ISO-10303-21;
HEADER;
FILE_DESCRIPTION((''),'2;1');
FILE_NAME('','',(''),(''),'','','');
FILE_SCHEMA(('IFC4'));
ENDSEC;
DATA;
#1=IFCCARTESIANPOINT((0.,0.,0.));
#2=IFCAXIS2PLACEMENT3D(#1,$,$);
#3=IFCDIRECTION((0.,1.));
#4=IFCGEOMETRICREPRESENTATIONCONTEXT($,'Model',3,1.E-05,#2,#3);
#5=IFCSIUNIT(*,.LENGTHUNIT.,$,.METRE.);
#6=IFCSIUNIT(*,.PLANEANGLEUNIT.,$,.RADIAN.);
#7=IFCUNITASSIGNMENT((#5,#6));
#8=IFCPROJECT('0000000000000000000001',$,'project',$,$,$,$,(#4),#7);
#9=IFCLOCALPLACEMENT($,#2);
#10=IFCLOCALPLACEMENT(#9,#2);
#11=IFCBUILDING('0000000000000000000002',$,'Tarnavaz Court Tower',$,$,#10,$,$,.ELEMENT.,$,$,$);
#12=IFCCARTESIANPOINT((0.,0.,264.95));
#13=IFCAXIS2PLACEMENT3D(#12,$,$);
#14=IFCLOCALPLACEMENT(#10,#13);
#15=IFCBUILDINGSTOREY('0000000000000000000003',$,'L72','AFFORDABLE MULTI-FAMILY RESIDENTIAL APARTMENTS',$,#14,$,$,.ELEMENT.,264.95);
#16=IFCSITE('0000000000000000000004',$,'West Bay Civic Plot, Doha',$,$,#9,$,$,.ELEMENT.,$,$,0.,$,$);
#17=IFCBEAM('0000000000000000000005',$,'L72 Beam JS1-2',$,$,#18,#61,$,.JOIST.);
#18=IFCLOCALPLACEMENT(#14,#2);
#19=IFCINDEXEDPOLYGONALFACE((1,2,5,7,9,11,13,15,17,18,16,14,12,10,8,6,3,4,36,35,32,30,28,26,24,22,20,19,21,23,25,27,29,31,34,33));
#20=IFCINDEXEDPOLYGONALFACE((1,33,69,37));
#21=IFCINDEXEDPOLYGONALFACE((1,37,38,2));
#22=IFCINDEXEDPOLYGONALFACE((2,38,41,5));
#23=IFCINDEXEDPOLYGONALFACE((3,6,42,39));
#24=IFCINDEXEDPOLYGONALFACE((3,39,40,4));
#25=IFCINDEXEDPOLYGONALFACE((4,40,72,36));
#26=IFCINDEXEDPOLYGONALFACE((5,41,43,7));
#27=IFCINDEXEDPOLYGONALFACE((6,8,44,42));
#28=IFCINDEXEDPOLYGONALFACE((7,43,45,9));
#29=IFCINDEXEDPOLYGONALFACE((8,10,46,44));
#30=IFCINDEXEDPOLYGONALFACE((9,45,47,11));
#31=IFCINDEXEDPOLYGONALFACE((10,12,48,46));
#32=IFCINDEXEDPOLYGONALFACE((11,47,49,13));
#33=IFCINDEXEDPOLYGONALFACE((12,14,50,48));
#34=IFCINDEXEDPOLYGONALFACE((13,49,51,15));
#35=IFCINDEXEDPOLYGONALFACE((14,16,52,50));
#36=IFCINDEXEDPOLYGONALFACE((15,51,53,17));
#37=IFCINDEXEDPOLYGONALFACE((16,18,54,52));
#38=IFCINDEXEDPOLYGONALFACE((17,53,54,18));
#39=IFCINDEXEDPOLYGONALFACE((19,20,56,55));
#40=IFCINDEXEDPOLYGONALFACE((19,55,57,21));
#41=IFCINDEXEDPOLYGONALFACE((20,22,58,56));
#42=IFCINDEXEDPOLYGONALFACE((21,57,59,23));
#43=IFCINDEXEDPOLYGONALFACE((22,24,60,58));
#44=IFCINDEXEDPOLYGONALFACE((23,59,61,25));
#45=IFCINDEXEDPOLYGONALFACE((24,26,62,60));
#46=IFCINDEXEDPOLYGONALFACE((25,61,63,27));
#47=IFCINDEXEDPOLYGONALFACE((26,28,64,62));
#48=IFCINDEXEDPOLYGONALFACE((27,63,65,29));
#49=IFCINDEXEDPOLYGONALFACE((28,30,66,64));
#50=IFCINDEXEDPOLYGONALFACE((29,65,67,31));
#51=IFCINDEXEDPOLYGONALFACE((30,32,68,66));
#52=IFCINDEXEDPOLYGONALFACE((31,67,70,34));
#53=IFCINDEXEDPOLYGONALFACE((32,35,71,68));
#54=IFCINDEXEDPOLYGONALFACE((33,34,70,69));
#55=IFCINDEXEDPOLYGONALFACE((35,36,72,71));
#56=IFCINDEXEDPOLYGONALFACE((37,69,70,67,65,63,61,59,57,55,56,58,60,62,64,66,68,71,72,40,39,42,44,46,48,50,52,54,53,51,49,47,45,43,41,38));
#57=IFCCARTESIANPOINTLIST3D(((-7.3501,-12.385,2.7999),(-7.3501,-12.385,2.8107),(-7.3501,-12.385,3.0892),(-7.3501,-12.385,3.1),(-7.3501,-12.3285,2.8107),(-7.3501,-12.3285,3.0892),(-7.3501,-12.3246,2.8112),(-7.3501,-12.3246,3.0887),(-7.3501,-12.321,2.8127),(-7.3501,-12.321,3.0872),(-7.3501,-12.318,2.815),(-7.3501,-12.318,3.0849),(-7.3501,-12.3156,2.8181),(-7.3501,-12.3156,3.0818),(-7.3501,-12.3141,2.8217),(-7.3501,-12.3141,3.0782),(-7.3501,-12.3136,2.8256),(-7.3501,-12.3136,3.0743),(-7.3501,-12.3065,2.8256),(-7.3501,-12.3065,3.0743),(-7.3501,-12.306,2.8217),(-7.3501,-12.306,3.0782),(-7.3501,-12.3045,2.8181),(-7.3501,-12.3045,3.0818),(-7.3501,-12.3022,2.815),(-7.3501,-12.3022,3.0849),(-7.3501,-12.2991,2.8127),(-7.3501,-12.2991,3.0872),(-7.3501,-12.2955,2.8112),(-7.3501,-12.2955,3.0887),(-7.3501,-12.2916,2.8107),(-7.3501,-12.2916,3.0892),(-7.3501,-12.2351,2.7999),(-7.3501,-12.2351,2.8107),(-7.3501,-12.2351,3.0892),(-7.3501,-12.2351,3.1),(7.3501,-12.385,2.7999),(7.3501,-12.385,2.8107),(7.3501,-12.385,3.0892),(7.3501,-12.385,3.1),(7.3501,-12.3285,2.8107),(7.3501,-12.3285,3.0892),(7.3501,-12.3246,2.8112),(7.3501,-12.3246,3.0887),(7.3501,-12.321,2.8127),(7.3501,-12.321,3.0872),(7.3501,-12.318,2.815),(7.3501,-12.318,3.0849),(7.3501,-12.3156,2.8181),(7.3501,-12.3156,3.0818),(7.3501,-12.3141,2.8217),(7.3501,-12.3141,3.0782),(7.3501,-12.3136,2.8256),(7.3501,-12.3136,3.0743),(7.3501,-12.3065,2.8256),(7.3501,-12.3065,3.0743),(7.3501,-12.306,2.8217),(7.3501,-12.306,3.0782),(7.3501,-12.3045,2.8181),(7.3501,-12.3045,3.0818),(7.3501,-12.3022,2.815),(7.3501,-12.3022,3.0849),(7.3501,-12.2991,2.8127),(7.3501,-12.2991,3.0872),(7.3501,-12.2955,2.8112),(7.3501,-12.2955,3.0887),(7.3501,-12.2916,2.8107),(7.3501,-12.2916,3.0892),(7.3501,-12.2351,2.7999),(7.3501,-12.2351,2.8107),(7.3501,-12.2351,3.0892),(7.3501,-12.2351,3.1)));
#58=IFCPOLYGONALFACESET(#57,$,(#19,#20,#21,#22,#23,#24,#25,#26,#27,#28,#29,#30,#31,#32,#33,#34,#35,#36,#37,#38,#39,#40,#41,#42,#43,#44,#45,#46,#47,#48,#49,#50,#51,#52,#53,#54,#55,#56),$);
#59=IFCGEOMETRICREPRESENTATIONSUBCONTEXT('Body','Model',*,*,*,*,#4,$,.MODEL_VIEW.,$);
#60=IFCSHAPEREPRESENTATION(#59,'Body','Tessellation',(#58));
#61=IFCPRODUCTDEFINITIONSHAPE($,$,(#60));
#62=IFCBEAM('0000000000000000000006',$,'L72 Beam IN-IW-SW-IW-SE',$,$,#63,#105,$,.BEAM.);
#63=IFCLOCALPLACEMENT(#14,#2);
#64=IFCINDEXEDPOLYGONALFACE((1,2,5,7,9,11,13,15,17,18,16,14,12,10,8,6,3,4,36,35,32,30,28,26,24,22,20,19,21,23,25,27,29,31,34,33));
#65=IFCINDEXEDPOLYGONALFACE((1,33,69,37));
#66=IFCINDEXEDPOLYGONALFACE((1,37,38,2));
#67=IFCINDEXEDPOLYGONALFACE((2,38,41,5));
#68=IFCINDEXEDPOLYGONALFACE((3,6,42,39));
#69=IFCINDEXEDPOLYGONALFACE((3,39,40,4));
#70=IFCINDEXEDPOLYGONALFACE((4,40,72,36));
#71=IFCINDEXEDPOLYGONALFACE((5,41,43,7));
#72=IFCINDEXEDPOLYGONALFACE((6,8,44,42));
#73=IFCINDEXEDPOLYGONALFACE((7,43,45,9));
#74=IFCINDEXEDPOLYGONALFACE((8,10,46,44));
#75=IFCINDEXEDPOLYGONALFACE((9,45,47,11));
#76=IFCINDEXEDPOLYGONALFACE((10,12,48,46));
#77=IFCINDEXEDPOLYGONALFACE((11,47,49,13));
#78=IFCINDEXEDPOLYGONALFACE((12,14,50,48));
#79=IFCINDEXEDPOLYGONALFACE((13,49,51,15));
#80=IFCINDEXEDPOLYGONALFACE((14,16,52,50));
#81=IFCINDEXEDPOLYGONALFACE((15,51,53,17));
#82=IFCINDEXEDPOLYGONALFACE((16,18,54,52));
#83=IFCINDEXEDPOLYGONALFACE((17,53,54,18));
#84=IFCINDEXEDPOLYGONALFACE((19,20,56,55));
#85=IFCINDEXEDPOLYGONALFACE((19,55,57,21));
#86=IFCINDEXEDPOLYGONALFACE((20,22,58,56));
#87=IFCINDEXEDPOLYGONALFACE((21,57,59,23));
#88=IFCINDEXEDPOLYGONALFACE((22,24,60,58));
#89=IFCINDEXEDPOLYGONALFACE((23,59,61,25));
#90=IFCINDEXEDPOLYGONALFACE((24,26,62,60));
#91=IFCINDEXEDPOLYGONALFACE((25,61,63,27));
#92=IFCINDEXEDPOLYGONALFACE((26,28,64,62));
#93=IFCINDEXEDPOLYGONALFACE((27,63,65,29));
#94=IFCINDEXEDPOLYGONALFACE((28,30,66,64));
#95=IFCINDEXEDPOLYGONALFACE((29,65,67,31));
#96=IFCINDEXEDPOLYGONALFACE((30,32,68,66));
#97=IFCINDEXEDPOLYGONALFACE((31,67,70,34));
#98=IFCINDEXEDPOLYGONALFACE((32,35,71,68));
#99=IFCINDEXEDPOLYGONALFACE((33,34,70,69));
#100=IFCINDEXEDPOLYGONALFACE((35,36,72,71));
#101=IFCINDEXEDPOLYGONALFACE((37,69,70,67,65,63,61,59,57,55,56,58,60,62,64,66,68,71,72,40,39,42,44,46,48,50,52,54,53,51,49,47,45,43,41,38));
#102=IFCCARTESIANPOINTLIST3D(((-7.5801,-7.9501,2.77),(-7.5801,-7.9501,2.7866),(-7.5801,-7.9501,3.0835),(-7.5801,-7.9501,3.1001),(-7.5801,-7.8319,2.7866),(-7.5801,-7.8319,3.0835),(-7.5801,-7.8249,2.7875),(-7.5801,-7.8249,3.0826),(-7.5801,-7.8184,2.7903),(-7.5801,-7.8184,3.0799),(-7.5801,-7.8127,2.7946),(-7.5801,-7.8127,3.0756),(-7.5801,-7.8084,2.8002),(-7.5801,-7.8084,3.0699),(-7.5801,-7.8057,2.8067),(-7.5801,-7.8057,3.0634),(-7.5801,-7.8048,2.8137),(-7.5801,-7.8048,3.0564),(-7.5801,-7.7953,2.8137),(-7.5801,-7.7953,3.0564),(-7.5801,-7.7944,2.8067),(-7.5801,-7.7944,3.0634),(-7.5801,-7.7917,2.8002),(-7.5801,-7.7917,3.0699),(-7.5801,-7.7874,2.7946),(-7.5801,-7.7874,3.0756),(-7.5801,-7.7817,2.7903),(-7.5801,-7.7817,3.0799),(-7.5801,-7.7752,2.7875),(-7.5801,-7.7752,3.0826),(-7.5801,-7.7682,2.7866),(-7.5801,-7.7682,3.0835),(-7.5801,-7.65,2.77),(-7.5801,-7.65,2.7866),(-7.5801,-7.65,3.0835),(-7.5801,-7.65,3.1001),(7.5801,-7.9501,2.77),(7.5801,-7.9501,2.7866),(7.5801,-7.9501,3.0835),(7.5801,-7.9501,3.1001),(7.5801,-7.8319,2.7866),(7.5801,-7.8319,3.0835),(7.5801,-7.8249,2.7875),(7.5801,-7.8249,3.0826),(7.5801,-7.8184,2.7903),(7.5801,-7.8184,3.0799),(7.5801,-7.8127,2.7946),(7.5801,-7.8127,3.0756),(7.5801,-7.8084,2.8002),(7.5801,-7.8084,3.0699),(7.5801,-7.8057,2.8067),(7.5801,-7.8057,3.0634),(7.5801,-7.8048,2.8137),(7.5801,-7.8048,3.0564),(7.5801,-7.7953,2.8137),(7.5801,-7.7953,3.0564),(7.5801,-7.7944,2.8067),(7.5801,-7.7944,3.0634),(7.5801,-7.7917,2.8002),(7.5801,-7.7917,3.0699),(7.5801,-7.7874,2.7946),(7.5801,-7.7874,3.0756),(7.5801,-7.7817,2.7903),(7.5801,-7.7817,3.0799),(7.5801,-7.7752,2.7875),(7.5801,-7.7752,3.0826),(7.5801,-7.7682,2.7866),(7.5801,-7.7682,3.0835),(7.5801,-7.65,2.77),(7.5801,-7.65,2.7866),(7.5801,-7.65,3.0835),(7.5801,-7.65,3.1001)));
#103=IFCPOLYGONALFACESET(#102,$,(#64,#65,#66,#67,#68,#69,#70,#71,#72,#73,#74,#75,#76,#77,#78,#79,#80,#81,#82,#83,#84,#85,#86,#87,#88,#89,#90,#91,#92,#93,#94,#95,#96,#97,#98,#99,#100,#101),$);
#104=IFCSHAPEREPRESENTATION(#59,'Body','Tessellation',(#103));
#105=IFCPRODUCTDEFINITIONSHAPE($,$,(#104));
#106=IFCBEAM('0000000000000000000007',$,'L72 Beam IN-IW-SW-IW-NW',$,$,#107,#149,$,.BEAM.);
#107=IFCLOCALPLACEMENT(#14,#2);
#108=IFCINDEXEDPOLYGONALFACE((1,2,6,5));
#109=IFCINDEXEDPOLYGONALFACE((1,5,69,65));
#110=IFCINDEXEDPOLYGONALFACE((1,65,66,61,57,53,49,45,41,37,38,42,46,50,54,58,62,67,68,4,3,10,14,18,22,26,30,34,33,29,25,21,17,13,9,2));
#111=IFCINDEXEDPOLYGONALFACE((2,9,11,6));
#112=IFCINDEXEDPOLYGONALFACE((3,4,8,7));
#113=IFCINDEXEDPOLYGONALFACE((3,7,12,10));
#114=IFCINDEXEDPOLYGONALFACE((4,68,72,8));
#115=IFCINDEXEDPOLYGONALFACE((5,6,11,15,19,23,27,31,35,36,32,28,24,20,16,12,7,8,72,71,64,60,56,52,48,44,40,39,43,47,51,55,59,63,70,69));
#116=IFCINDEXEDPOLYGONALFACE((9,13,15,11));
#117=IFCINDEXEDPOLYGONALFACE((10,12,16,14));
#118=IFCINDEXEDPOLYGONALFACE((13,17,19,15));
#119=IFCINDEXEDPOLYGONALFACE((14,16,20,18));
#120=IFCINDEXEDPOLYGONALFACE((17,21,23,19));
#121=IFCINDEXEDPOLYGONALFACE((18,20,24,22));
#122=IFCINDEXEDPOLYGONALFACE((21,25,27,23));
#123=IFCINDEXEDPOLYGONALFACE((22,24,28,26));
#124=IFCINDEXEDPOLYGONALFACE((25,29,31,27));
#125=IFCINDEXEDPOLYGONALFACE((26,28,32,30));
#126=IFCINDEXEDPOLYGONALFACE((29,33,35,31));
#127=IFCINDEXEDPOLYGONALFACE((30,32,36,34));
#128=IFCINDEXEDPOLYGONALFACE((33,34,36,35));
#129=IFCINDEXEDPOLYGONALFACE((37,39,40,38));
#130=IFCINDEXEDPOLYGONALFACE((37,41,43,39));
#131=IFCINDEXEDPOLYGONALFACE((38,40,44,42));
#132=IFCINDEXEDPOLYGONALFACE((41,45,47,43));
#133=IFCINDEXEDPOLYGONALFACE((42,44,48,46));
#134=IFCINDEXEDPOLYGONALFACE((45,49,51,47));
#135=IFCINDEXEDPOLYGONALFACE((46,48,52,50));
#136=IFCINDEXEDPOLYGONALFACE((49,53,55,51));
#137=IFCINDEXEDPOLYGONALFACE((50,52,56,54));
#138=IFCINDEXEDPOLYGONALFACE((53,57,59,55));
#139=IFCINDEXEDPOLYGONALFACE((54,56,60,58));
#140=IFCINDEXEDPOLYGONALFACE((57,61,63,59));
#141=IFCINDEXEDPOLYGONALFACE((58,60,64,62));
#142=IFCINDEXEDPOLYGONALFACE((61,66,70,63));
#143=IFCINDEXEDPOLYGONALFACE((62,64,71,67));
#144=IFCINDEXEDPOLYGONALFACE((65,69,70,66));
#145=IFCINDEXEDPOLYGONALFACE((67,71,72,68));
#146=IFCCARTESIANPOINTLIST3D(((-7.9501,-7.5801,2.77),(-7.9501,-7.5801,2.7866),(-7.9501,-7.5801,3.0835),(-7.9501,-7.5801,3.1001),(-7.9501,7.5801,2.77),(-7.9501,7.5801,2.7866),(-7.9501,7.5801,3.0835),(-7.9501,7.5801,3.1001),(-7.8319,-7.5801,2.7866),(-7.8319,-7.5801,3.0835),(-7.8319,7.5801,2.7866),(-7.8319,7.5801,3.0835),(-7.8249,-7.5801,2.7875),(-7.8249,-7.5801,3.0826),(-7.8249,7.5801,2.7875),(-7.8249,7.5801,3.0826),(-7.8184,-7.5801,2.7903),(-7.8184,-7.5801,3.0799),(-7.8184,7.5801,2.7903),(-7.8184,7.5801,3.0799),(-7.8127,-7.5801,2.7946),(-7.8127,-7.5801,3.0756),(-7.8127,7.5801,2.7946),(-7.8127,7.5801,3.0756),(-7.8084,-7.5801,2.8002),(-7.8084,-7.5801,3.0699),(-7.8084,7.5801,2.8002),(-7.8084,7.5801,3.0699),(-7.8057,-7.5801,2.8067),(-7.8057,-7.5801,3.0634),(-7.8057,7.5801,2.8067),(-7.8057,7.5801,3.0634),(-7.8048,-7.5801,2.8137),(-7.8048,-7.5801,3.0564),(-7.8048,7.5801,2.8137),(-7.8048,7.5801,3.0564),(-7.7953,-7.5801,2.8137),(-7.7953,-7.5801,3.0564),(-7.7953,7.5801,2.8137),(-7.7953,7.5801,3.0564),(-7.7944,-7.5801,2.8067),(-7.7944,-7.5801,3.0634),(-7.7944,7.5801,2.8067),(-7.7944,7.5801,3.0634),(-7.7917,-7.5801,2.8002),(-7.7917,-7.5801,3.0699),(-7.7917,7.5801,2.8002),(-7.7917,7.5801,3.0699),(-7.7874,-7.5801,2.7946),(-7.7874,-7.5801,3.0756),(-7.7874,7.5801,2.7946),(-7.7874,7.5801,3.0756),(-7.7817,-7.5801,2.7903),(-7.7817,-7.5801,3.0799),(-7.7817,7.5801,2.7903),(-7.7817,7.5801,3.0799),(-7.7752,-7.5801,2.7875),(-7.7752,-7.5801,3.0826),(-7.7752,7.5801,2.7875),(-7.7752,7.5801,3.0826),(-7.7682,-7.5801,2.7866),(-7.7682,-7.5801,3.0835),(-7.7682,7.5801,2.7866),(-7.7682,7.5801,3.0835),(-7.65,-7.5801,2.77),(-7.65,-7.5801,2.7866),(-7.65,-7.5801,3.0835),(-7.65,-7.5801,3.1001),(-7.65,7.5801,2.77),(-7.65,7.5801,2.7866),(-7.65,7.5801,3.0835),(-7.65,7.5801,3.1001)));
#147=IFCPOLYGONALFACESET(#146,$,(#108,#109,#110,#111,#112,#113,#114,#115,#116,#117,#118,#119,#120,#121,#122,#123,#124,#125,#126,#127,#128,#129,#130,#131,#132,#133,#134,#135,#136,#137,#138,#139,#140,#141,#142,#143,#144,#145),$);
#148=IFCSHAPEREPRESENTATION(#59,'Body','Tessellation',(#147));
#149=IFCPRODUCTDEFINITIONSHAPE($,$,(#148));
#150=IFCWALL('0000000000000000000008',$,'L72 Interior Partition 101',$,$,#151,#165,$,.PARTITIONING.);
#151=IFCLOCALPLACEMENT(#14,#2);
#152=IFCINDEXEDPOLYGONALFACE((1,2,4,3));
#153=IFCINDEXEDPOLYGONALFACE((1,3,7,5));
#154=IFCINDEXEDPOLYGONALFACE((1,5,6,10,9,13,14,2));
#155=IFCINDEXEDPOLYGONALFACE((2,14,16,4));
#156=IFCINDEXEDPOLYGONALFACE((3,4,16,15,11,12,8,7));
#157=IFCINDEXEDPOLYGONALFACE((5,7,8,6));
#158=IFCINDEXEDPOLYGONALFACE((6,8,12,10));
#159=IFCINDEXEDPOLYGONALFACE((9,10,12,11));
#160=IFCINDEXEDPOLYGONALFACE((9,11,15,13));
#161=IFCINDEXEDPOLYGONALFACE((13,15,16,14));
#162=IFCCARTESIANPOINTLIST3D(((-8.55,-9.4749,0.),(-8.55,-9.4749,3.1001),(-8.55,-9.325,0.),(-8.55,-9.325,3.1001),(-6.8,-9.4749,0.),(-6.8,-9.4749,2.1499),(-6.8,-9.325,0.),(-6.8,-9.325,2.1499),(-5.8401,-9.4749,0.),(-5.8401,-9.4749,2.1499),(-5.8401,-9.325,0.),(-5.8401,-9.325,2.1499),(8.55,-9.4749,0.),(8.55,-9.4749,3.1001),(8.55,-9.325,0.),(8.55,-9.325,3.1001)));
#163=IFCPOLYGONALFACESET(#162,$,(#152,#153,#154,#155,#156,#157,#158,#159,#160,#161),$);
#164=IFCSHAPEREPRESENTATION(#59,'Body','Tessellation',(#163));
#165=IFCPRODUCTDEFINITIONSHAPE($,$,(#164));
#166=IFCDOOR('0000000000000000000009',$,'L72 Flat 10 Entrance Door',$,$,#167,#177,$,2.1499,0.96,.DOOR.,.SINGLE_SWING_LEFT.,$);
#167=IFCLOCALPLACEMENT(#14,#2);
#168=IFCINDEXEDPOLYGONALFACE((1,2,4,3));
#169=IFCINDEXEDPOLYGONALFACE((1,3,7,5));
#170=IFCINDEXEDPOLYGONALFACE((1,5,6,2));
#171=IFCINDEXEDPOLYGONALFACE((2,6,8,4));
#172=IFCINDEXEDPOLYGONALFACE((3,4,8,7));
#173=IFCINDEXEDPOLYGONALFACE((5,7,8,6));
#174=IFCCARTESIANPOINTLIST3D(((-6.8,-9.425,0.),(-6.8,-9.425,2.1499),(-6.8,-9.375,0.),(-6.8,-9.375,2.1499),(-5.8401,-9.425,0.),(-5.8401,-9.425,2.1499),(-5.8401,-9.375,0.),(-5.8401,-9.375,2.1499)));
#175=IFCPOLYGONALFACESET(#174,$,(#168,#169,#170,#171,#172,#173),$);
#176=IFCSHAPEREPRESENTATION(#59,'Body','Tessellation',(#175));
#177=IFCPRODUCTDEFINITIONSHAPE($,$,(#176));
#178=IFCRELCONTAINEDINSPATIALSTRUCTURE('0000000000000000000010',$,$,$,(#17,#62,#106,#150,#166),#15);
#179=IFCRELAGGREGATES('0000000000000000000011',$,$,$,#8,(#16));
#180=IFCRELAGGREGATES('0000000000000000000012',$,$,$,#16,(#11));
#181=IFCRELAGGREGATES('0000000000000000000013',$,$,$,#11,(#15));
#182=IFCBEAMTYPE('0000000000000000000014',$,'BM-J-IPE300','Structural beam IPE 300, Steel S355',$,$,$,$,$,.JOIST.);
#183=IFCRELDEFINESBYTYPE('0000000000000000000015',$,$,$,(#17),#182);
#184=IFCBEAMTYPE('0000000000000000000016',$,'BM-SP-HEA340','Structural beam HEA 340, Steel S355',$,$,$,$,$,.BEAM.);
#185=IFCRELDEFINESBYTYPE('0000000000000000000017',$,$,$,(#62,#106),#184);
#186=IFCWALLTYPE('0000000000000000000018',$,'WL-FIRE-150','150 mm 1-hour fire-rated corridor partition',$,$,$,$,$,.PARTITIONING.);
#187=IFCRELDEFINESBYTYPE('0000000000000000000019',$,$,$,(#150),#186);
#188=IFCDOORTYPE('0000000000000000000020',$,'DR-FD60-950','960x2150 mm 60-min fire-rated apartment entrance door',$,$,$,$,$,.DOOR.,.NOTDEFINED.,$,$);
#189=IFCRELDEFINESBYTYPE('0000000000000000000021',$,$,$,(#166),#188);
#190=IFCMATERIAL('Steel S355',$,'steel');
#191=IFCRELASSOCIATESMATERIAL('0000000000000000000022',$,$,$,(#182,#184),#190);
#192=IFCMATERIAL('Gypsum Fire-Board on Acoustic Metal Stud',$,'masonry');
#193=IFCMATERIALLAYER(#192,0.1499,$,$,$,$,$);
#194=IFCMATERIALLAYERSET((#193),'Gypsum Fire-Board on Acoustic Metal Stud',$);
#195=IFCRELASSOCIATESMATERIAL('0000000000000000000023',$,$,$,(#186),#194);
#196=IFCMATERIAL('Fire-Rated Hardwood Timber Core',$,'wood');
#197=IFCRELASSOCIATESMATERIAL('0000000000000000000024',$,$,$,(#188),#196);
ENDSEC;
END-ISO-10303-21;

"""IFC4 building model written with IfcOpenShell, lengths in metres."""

from ifc_helpers import new_model, si_unit, direction, frame, frame_2d, origin, origin_2d, place, context, subcontext, project, spatial, rectangle, i_section, extrude, material, layer, layer_set, material_profile, profile_set, type_object, element, fill, save


model = new_model("IFC4")

# Units and contexts
model_context = context("Model", 3, precision=1e-05, world=origin(), true_north=direction((0.0, 1.0)))
body_context = subcontext(model_context, "Body", "Model", "MODEL_VIEW")
ifc_project = project(units=[si_unit("LENGTHUNIT", "METRE"), si_unit("PLANEANGLEUNIT", "RADIAN")], contexts=[model_context])

# Site, building, storey
site_placement = place(None, origin())
site = spatial("IfcSite", under=ifc_project, at=site_placement, Name="West Bay Civic Plot, Doha", CompositionType="ELEMENT", RefElevation=0.0)
building_placement = place(site_placement, origin())
building = spatial("IfcBuilding", under=site, at=building_placement, Name="Tarnavaz Court Tower", CompositionType="ELEMENT")
storey_placement = place(building_placement, frame((0.0, 0.0, 264.95)))
storey = spatial("IfcBuildingStorey", under=building, at=storey_placement, Name="L72", Description="AFFORDABLE MULTI-FAMILY RESIDENTIAL APARTMENTS", CompositionType="ELEMENT", Elevation=264.95)

# Beams
ifc_material_1 = material(Name="Steel S355", Category="steel")
ifc_material_profile_1 = material_profile(ifc_material_1, i_section(OverallWidth=0.1499, OverallDepth=0.3, WebThickness=0.0071, FlangeThickness=0.0107, FilletRadius=0.0149, at=origin_2d()), Name="IPE 300")
ifc_profile_set_1 = profile_set([ifc_material_profile_1], Name="Steel S355")
beam_type_1 = type_object("IfcBeamType", Name="BM-J-IPE300", Description="Structural beam IPE 300, Steel S355", PredefinedType="JOIST", material=ifc_profile_set_1)
beam_1_placement = place(storey_placement, frame((-7.3501, -12.3101, 2.95), z_axis=(1.0, 0.0, 0.0), x_axis=(0.0, 1.0, 0.0)))
element("IfcBeam", 1, at=beam_1_placement, inside=storey, type_object=beam_type_1, Name="L72 Beam JS1-2", PredefinedType="JOIST", context=body_context, shape_type="SweptSolid", body=[
    extrude(i_section(OverallWidth=0.1499, OverallDepth=0.3, WebThickness=0.0071, FlangeThickness=0.0107, FilletRadius=0.0149, at=origin_2d()), origin(), (0.0, 0.0, 1.0), 14.7002),
])
ifc_material_profile_2 = material_profile(ifc_material_1, i_section(OverallWidth=0.3, OverallDepth=0.3301, WebThickness=0.0095, FlangeThickness=0.0166, FilletRadius=0.0271, at=origin_2d()), Name="HEA 340")
ifc_profile_set_2 = profile_set([ifc_material_profile_2], Name="Steel S355")
beam_type_2 = type_object("IfcBeamType", Name="BM-SP-HEA340", Description="Structural beam HEA 340, Steel S355", PredefinedType="BEAM", material=ifc_profile_set_2)
for number, where, z_axis, x_axis, name in (
    (2, (-7.5801, -7.8, 2.9351), (1.0, 0.0, 0.0), (0.0, 1.0, 0.0), "L72 Beam IN-IW-SW-IW-SE"),
    (3, (-7.8, -7.5801, 2.9351), (0.0, 1.0, 0.0), (-1.0, 0.0, 0.0), "L72 Beam IN-IW-SW-IW-NW"),
):
    element("IfcBeam", number, at=place(storey_placement, frame(where, z_axis=z_axis, x_axis=x_axis)), inside=storey, type_object=beam_type_2, Name=name, PredefinedType="BEAM", context=body_context, shape_type="SweptSolid", body=[
        extrude(i_section(OverallWidth=0.3, OverallDepth=0.3301, WebThickness=0.0095, FlangeThickness=0.0166, FilletRadius=0.0271, at=origin_2d()), origin(), (0.0, 0.0, 1.0), 15.1602),
    ])

# Wall, opening, door
ifc_material_2 = material(Name="Gypsum Fire-Board on Acoustic Metal Stud", Category="masonry")
ifc_layer_1 = layer(ifc_material_2, 0.1499)
ifc_layer_set_1 = layer_set([ifc_layer_1], Name="Gypsum Fire-Board on Acoustic Metal Stud")
wall_type_1 = type_object("IfcWallType", Name="WL-FIRE-150", Description="150 mm 1-hour fire-rated corridor partition", PredefinedType="PARTITIONING", material=ifc_layer_set_1)
wall_1_placement = place(storey_placement, frame((-8.55, -9.3999, 0.0), z_axis=(0.0, 0.0, 1.0), x_axis=(1.0, 0.0, 0.0)))
wall_1 = element("IfcWall", 4, at=wall_1_placement, inside=storey, type_object=wall_type_1, Name="L72 Interior Partition 101", PredefinedType="PARTITIONING", context=body_context, shape_type="SweptSolid", body=[
    extrude(rectangle(XDim=17.1001, YDim=0.1499, at=frame_2d((8.55, 0.0))), origin(), (0.0, 0.0, 1.0), 3.1001),
])
opening_1_placement = place(wall_1_placement, frame((1.75, 0.0, 0.0)))
opening_1 = element("IfcOpeningElement", 5, at=opening_1_placement, cuts=wall_1, PredefinedType="OPENING", context=body_context, shape_type="SweptSolid", body=[
    extrude(rectangle(XDim=0.96, YDim=2.1499, at=frame_2d((0.48, 1.075))), frame((0.0, 0.085, 0.0), z_axis=(0.0, -1.0, 0.0), x_axis=(1.0, 0.0, 0.0)), (0.0, 0.0, 1.0), 0.1699),
])
ifc_material_3 = material(Name="Fire-Rated Hardwood Timber Core", Category="wood")
door_type_1 = type_object("IfcDoorType", Name="DR-FD60-950", Description="960x2150 mm 60-min fire-rated apartment entrance door", OperationType="NOTDEFINED", PredefinedType="DOOR", material=ifc_material_3)
door_1_placement = place(opening_1_placement, origin())
door_1 = element("IfcDoor", 6, at=door_1_placement, inside=storey, type_object=door_type_1, Name="L72 Flat 10 Entrance Door", OperationType="SINGLE_SWING_LEFT", OverallHeight=2.1499, OverallWidth=0.96, PredefinedType="DOOR", context=body_context, shape_type="SweptSolid", body=[
    extrude(rectangle(XDim=0.96, YDim=2.1499, at=frame_2d((0.48, 1.075))), frame((0.0, 0.0249, 0.0), z_axis=(0.0, -1.0, 0.0), x_axis=(1.0, 0.0, 0.0)), (0.0, 0.0, 1.0), 0.05),
])
fill(opening_1, door_1)

save(model, "model.ifc")
